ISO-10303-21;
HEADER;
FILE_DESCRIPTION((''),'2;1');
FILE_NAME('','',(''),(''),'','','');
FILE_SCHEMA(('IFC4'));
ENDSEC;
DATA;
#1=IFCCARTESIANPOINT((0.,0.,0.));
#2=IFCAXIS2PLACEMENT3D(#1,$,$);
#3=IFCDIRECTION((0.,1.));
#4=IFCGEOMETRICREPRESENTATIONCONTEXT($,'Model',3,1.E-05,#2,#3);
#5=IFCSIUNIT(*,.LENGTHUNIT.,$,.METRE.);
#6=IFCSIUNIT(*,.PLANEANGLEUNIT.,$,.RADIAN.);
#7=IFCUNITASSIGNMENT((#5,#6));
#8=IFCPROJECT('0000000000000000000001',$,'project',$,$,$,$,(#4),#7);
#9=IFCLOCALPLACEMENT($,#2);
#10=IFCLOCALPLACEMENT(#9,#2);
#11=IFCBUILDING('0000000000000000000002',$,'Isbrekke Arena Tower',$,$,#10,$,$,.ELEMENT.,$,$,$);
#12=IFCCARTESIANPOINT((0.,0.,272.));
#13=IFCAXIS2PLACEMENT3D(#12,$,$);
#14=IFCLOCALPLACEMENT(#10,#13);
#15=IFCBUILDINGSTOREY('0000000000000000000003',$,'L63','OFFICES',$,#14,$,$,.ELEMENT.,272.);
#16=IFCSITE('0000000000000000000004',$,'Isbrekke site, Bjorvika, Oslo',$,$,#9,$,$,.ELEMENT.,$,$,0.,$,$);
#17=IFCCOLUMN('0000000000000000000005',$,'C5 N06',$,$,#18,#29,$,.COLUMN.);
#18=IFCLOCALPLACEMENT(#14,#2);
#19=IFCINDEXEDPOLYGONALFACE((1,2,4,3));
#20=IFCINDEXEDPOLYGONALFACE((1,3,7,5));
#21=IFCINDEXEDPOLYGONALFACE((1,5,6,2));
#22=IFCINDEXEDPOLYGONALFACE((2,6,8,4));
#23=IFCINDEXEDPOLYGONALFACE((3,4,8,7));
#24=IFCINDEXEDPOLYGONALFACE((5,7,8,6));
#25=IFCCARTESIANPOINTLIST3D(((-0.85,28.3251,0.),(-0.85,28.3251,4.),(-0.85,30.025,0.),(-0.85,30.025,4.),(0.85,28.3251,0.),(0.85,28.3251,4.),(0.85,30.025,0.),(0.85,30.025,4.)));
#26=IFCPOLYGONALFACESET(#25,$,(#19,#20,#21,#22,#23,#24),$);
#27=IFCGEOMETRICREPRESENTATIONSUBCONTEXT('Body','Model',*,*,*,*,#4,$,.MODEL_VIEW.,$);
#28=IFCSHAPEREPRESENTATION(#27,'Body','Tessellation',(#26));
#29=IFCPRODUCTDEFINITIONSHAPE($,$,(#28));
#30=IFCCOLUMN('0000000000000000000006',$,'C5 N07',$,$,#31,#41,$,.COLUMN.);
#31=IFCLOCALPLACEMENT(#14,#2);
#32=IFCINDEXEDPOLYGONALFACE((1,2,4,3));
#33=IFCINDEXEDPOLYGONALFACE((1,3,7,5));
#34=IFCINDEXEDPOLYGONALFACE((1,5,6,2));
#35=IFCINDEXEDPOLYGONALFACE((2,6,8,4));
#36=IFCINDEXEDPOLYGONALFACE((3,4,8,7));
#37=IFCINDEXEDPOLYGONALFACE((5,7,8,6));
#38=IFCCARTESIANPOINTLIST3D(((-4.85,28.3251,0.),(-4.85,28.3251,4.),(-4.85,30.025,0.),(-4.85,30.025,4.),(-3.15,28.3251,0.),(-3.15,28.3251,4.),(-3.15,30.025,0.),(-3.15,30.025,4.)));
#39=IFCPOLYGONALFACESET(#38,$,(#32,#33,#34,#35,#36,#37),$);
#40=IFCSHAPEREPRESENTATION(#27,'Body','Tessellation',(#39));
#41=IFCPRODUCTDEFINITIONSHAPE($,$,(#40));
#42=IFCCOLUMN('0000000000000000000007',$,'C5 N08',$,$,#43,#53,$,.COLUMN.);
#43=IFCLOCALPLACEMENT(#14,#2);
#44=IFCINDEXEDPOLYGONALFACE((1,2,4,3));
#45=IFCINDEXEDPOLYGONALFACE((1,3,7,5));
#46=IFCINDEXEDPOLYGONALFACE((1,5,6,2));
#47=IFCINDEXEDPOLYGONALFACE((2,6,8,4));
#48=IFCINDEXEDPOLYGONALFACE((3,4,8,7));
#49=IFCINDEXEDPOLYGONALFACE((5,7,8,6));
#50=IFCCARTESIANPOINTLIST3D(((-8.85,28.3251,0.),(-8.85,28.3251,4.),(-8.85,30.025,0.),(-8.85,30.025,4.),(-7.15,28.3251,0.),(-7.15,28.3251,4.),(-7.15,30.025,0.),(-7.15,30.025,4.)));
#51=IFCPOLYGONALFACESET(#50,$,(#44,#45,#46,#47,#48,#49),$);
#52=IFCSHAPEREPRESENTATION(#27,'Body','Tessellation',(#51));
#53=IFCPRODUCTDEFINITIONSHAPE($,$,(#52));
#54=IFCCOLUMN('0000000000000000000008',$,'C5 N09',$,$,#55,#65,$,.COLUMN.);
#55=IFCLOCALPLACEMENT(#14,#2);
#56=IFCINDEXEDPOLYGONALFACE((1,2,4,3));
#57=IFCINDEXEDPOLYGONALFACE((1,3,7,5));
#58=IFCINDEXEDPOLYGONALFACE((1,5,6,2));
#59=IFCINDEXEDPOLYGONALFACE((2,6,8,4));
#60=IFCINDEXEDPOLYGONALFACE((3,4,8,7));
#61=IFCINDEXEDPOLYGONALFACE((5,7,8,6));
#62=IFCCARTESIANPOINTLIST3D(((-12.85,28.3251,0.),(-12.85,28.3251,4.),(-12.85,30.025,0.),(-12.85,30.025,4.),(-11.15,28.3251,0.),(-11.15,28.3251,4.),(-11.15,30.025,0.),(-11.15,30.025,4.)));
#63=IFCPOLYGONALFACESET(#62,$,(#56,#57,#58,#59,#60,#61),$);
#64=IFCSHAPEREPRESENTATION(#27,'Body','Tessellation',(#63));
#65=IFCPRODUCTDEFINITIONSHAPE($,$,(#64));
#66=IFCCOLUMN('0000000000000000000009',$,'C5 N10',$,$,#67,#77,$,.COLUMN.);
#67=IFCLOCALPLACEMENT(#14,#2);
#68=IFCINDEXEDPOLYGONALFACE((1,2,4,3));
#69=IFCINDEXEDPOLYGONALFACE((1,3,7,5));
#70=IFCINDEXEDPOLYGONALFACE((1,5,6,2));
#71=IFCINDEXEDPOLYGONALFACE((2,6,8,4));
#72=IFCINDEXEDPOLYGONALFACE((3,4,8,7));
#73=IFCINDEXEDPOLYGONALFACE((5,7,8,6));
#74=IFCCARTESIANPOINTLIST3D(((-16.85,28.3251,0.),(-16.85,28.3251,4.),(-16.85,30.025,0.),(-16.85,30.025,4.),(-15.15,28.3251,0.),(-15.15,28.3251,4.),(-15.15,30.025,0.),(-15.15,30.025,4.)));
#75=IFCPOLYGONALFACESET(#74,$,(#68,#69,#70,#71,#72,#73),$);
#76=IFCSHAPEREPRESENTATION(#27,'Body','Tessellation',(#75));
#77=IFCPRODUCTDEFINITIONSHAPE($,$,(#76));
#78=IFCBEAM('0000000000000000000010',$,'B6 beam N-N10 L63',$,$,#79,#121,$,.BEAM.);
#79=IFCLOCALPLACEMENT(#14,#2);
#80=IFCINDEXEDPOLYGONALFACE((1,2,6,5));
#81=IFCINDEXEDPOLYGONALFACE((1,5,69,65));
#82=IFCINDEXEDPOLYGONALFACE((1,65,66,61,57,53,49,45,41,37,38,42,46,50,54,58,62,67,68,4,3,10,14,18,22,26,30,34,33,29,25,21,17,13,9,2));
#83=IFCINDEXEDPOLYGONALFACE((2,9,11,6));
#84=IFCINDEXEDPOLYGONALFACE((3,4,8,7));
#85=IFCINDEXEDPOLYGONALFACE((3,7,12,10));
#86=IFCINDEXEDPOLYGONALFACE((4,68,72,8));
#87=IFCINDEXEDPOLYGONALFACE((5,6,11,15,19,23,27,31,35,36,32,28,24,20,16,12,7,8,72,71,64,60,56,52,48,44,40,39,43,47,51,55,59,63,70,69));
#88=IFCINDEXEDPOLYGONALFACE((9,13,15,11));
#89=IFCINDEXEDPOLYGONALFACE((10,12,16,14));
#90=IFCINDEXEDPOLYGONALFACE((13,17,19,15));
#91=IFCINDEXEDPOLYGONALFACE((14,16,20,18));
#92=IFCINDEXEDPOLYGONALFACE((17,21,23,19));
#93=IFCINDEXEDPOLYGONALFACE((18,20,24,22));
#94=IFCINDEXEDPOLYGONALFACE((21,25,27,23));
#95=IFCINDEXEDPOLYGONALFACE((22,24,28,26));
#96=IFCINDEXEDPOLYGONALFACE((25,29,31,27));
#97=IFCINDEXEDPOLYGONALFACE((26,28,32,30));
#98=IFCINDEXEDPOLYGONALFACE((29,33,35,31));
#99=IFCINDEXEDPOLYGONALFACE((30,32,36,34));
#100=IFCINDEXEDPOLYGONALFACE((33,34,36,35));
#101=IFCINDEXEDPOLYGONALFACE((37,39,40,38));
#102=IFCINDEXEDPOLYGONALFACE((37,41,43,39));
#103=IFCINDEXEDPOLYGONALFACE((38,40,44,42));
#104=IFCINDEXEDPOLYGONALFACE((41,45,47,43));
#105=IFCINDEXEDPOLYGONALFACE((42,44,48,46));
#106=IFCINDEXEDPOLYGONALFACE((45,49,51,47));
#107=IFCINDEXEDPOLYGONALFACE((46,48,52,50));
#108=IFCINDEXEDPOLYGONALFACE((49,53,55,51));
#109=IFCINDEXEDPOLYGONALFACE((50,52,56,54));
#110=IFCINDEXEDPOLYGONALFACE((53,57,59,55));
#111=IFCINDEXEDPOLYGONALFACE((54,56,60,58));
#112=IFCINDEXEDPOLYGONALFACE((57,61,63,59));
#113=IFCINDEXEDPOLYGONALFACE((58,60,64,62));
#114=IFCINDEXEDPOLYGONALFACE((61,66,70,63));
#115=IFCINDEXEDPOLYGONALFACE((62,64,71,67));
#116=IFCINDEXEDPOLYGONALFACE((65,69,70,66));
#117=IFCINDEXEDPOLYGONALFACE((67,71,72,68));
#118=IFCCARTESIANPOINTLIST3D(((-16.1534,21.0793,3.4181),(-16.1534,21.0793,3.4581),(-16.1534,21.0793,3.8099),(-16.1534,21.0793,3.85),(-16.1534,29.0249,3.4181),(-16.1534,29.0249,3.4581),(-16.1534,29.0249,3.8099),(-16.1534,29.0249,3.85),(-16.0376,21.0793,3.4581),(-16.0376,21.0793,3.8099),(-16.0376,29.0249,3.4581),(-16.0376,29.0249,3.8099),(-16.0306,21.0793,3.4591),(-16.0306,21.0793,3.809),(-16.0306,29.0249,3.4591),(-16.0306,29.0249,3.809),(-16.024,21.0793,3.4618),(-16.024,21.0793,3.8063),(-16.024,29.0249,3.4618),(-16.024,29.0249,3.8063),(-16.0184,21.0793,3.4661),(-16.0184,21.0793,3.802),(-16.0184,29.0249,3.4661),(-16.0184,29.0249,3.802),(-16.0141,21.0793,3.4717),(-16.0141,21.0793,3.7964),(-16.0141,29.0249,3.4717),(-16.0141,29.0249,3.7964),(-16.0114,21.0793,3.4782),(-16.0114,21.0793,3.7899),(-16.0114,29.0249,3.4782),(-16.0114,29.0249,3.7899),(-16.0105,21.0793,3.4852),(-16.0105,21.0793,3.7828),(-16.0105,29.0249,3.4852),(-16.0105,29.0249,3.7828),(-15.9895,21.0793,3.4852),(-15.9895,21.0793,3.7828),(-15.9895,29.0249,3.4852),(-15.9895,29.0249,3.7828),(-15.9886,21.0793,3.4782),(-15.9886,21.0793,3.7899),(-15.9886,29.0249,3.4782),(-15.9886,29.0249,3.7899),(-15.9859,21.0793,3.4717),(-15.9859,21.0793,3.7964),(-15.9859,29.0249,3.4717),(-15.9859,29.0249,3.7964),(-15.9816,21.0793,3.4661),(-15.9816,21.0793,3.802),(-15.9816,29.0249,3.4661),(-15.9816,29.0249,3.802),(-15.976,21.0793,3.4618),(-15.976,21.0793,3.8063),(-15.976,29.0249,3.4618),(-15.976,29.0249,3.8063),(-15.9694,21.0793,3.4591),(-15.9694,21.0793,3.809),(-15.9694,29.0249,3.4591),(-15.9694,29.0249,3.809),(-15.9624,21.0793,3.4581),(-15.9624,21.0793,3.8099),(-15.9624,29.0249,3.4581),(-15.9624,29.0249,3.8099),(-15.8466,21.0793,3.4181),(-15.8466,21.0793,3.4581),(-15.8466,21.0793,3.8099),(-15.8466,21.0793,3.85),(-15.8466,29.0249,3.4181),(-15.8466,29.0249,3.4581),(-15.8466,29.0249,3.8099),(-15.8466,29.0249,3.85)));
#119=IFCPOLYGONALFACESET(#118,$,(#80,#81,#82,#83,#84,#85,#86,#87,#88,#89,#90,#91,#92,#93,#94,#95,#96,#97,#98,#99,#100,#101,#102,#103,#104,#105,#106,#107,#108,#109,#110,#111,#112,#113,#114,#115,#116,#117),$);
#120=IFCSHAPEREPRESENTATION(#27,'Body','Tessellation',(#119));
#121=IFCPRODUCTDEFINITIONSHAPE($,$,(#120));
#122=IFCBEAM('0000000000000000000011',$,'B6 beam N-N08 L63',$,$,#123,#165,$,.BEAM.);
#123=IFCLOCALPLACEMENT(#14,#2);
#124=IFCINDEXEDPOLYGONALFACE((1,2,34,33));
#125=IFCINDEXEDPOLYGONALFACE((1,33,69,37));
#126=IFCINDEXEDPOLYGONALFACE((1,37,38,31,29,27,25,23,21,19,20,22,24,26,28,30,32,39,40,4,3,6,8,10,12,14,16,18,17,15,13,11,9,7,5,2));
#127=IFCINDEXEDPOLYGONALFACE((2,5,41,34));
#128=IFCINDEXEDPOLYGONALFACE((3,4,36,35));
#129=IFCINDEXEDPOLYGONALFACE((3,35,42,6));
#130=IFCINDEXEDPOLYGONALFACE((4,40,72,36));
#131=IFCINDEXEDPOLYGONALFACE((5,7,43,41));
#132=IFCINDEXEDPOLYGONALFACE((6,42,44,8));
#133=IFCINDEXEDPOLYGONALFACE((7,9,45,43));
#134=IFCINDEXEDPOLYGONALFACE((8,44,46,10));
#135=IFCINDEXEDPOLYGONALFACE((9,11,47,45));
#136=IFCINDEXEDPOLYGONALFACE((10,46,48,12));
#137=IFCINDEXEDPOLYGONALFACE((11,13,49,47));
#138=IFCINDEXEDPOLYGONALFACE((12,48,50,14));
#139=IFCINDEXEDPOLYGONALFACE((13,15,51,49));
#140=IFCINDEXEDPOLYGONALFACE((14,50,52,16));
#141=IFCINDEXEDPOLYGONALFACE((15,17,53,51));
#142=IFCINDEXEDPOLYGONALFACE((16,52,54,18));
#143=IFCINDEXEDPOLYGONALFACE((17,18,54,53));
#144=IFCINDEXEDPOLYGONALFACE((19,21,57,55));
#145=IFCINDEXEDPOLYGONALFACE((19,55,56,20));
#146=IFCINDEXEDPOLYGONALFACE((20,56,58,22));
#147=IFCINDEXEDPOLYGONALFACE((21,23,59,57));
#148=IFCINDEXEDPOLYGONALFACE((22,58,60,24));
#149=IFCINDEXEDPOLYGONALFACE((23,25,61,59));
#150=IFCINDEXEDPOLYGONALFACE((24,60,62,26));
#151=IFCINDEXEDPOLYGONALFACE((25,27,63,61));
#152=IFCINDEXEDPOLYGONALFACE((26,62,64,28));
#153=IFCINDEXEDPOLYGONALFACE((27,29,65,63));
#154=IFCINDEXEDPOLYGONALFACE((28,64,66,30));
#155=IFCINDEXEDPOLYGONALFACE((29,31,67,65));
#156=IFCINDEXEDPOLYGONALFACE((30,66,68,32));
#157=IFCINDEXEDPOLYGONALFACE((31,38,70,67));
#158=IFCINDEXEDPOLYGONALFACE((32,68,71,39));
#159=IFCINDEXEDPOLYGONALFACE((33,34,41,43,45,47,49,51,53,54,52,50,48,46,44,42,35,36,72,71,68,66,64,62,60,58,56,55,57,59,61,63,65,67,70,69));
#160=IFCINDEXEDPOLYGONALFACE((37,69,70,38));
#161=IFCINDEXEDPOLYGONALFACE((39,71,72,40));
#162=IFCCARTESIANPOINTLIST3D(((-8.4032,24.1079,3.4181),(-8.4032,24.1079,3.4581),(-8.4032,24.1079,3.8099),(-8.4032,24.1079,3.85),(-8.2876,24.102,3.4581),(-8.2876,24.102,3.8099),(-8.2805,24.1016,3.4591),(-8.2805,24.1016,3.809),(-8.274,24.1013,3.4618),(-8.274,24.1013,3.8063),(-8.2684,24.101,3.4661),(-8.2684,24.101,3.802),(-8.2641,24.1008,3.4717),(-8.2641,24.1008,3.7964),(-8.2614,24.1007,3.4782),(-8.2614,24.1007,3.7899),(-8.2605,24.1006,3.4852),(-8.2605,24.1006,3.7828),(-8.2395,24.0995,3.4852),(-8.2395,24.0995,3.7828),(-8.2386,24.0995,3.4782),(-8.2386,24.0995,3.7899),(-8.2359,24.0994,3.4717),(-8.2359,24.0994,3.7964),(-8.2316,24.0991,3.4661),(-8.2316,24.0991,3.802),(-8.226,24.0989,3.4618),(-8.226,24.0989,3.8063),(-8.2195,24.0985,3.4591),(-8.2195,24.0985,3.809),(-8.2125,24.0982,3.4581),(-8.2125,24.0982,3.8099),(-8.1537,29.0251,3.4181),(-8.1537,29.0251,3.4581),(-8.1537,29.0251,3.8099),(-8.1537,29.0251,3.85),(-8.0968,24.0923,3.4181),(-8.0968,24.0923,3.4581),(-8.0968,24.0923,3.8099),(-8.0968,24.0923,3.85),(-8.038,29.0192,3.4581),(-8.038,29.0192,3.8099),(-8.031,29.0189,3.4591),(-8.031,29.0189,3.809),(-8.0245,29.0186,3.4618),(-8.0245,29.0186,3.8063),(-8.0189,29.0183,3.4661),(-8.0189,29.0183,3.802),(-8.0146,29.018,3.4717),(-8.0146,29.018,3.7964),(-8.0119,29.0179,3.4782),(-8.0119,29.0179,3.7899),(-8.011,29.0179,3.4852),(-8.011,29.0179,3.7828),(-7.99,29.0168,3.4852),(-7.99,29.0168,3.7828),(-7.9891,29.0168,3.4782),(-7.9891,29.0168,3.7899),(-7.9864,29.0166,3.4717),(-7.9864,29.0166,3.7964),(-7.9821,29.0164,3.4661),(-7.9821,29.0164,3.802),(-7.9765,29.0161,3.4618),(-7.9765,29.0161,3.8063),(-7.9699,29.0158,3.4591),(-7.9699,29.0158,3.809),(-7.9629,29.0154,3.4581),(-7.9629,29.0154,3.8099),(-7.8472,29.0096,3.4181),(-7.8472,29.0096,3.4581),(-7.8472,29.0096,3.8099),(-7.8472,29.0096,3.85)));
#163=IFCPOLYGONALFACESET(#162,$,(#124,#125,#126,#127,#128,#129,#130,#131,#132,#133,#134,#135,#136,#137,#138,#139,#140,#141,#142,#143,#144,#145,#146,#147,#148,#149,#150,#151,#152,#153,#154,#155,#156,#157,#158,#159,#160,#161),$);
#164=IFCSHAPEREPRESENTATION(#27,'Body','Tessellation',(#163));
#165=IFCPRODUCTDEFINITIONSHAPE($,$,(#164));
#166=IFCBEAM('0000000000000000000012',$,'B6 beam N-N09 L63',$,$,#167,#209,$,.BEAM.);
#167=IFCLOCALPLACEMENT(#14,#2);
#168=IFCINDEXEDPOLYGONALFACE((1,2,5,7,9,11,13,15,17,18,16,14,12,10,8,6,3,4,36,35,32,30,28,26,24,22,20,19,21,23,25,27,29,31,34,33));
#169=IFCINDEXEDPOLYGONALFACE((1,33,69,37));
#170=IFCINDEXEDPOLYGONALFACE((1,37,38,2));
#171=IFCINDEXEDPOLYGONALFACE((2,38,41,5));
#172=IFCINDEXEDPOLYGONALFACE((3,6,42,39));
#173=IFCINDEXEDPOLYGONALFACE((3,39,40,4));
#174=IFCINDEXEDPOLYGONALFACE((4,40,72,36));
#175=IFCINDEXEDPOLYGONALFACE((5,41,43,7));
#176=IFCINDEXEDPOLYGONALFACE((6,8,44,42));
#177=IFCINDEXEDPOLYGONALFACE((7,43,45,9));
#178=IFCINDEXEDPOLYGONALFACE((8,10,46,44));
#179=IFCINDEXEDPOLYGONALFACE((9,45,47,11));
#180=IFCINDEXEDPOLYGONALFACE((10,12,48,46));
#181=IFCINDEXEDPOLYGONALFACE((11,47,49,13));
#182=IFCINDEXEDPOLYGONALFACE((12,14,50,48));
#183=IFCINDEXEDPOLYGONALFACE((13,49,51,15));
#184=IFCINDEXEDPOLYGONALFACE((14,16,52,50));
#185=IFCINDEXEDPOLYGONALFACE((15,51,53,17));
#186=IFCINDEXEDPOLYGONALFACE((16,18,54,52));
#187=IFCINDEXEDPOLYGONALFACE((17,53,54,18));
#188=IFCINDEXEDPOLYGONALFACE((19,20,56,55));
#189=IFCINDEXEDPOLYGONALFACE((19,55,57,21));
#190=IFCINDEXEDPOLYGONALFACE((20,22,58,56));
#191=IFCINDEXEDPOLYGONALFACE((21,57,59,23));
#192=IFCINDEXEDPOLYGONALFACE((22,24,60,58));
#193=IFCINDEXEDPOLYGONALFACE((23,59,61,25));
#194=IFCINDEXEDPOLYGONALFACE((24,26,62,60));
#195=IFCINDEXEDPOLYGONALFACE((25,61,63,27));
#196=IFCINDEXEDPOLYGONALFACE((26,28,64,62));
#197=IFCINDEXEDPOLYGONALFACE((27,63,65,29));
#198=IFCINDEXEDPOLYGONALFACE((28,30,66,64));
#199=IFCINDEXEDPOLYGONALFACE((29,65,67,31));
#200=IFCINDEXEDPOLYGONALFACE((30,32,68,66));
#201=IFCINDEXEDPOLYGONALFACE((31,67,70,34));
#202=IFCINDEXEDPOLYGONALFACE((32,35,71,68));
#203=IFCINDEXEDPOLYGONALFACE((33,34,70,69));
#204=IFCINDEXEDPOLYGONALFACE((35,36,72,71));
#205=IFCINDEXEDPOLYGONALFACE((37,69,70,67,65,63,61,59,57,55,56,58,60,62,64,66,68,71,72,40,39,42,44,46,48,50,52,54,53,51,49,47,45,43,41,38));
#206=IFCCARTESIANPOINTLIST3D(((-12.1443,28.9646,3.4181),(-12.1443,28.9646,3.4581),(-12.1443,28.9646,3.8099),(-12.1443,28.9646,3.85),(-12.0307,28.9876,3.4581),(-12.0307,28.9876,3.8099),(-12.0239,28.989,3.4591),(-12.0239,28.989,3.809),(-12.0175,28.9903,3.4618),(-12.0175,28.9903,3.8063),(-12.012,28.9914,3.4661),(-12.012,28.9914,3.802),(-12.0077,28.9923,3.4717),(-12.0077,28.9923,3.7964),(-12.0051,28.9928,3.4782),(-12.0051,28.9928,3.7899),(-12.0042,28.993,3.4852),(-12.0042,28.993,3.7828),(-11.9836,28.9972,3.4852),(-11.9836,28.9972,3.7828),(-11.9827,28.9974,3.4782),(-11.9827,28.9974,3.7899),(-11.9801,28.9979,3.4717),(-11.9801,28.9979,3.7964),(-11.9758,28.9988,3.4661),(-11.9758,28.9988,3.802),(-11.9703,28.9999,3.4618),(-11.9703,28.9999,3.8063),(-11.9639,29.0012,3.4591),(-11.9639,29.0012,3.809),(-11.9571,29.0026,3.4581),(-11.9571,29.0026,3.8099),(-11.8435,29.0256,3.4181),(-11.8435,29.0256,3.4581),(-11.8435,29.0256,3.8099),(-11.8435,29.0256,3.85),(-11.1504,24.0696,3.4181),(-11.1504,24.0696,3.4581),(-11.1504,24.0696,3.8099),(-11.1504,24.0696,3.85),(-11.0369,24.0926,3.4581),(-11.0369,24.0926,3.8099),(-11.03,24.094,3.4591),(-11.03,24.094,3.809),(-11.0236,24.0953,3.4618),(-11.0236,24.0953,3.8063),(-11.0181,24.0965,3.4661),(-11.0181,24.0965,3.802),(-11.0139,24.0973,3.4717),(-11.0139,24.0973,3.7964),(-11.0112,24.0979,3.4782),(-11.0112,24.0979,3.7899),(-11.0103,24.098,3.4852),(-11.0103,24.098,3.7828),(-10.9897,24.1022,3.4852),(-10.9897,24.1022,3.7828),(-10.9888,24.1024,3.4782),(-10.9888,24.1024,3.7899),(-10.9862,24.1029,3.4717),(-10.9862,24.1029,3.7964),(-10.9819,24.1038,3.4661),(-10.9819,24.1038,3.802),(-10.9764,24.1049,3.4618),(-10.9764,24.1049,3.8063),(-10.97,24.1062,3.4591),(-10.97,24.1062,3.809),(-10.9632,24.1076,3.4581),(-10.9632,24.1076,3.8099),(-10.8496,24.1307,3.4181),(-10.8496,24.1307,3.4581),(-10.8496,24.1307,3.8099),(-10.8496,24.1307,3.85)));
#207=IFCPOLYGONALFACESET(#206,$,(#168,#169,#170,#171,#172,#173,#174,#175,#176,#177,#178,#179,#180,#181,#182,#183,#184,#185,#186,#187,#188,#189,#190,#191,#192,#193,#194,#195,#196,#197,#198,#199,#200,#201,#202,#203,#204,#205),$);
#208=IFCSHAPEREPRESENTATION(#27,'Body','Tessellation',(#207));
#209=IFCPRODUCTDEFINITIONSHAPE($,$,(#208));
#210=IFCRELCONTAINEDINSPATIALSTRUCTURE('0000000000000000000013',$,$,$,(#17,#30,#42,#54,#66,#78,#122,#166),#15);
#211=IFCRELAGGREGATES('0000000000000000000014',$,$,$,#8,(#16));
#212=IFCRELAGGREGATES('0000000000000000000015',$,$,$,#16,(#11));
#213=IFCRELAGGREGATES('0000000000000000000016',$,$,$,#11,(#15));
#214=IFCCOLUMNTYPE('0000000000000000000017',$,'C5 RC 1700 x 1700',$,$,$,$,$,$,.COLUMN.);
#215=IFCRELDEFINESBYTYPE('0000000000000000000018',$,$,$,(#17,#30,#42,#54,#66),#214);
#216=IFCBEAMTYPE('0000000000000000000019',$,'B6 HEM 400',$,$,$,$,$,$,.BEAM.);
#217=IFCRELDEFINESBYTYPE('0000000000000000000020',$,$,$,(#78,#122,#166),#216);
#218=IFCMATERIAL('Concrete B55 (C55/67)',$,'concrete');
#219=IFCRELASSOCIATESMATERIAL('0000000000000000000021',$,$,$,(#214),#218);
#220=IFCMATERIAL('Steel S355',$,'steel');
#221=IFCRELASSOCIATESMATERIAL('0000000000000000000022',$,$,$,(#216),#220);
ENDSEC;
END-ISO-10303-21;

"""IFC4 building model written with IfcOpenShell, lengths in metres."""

from ifc_helpers import new_model, si_unit, direction, frame, origin, origin_2d, place, context, subcontext, project, spatial, rectangle, i_section, extrude, material, material_profile, profile_set, type_object, element, save


model = new_model("IFC4")

# Units and contexts
model_context = context("Model", 3, precision=1e-05, world=origin(), true_north=direction((0.0, 1.0)))
body_context = subcontext(model_context, "Body", "Model", "MODEL_VIEW")
ifc_project = project(units=[si_unit("LENGTHUNIT", "METRE"), si_unit("PLANEANGLEUNIT", "RADIAN")], contexts=[model_context])

# Site, building, storey
site_placement = place(None, origin())
site = spatial("IfcSite", under=ifc_project, at=site_placement, Name="Isbrekke site, Bjorvika, Oslo", CompositionType="ELEMENT", RefElevation=0.0)
building_placement = place(site_placement, origin())
building = spatial("IfcBuilding", under=site, at=building_placement, Name="Isbrekke Arena Tower", CompositionType="ELEMENT")
storey_placement = place(building_placement, frame((0.0, 0.0, 272.0)))
storey = spatial("IfcBuildingStorey", under=building, at=storey_placement, Name="L63", Description="OFFICES", CompositionType="ELEMENT", Elevation=272.0)

# Columns
ifc_material_1 = material(Name="Concrete B55 (C55/67)", Category="concrete")
ifc_material_profile_1 = material_profile(ifc_material_1, rectangle(XDim=1.7, YDim=1.7, at=origin_2d()), Name="RC 1700x1700")
ifc_profile_set_1 = profile_set([ifc_material_profile_1], Name="Concrete B55 (C55/67)")
column_type = type_object("IfcColumnType", Name="C5 RC 1700 x 1700", PredefinedType="COLUMN", material=ifc_profile_set_1)
for number, where, z_axis, x_axis, name in (
    (1, (0.0, 29.175, 0.0), (0.0, 0.0, 1.0), (-1.0, 0.0, 0.0), "C5 N06"),
    (2, (-4.0, 29.175, 0.0), (0.0, 0.0, 1.0), (-1.0, 0.0, 0.0), "C5 N07"),
    (3, (-8.0, 29.175, 0.0), (0.0, 0.0, 1.0), (-1.0, 0.0, 0.0), "C5 N08"),
    (4, (-12.0, 29.175, 0.0), (0.0, 0.0, 1.0), (-1.0, 0.0, 0.0), "C5 N09"),
    (5, (-16.0, 29.175, 0.0), (0.0, 0.0, 1.0), (-1.0, 0.0, 0.0), "C5 N10"),
):
    element("IfcColumn", number, at=place(storey_placement, frame(where, z_axis=z_axis, x_axis=x_axis)), inside=storey, type_object=column_type, Name=name, PredefinedType="COLUMN", context=body_context, shape_type="SweptSolid", body=[
        extrude(rectangle(XDim=1.7, YDim=1.7, at=origin_2d()), origin(), (0.0, 0.0, 1.0), 4.0),
    ])

# Beams
ifc_material_2 = material(Name="Steel S355", Category="steel")
ifc_material_profile_2 = material_profile(ifc_material_2, i_section(OverallWidth=0.3069, OverallDepth=0.4319, WebThickness=0.021, FlangeThickness=0.04, FilletRadius=0.0271, at=origin_2d()), Name="HEM 400")
ifc_profile_set_2 = profile_set([ifc_material_profile_2], Name="Steel S355")
beam_type_1 = type_object("IfcBeamType", Name="B6 HEM 400", PredefinedType="BEAM", material=ifc_profile_set_2)
beam_1_placement = place(storey_placement, frame((-16.0, 29.0249, 3.634), z_axis=(0.0, -1.0, 0.0), x_axis=(1.0, 0.0, 0.0)))
element("IfcBeam", 6, at=beam_1_placement, inside=storey, type_object=beam_type_1, Name="B6 beam N-N10 L63", PredefinedType="BEAM", context=body_context, shape_type="SweptSolid", body=[
    extrude(i_section(OverallWidth=0.3069, OverallDepth=0.4319, WebThickness=0.021, FlangeThickness=0.04, FilletRadius=0.0271, at=origin_2d()), origin(), (0.0, 0.0, 1.0), 7.9456),
])
beam_2_placement = place(storey_placement, frame((-8.0005, 29.0173, 3.634), z_axis=(-0.050677, -0.998715, 0.0), x_axis=(0.998715, -0.050677, 0.0)))
element("IfcBeam", 7, at=beam_2_placement, inside=storey, type_object=beam_type_1, Name="B6 beam N-N08 L63", PredefinedType="BEAM", context=body_context, shape_type="SweptSolid", body=[
    extrude(i_section(OverallWidth=0.3069, OverallDepth=0.4319, WebThickness=0.021, FlangeThickness=0.04, FilletRadius=0.0271, at=origin_2d()), origin(), (0.0, 0.0, 1.0), 4.9236),
])
beam_3_placement = place(storey_placement, frame((-11.9939, 28.9951, 3.634), z_axis=(0.198982, -0.980003, 0.0), x_axis=(0.980003, 0.198982, 0.0)))
element("IfcBeam", 8, at=beam_3_placement, inside=storey, type_object=beam_type_1, Name="B6 beam N-N09 L63", PredefinedType="BEAM", context=body_context, shape_type="SweptSolid", body=[
    extrude(i_section(OverallWidth=0.3069, OverallDepth=0.4319, WebThickness=0.021, FlangeThickness=0.04, FilletRadius=0.0271, at=origin_2d()), origin(), (0.0, 0.0, 1.0), 4.9949),
])

save(model, "model.ifc")
